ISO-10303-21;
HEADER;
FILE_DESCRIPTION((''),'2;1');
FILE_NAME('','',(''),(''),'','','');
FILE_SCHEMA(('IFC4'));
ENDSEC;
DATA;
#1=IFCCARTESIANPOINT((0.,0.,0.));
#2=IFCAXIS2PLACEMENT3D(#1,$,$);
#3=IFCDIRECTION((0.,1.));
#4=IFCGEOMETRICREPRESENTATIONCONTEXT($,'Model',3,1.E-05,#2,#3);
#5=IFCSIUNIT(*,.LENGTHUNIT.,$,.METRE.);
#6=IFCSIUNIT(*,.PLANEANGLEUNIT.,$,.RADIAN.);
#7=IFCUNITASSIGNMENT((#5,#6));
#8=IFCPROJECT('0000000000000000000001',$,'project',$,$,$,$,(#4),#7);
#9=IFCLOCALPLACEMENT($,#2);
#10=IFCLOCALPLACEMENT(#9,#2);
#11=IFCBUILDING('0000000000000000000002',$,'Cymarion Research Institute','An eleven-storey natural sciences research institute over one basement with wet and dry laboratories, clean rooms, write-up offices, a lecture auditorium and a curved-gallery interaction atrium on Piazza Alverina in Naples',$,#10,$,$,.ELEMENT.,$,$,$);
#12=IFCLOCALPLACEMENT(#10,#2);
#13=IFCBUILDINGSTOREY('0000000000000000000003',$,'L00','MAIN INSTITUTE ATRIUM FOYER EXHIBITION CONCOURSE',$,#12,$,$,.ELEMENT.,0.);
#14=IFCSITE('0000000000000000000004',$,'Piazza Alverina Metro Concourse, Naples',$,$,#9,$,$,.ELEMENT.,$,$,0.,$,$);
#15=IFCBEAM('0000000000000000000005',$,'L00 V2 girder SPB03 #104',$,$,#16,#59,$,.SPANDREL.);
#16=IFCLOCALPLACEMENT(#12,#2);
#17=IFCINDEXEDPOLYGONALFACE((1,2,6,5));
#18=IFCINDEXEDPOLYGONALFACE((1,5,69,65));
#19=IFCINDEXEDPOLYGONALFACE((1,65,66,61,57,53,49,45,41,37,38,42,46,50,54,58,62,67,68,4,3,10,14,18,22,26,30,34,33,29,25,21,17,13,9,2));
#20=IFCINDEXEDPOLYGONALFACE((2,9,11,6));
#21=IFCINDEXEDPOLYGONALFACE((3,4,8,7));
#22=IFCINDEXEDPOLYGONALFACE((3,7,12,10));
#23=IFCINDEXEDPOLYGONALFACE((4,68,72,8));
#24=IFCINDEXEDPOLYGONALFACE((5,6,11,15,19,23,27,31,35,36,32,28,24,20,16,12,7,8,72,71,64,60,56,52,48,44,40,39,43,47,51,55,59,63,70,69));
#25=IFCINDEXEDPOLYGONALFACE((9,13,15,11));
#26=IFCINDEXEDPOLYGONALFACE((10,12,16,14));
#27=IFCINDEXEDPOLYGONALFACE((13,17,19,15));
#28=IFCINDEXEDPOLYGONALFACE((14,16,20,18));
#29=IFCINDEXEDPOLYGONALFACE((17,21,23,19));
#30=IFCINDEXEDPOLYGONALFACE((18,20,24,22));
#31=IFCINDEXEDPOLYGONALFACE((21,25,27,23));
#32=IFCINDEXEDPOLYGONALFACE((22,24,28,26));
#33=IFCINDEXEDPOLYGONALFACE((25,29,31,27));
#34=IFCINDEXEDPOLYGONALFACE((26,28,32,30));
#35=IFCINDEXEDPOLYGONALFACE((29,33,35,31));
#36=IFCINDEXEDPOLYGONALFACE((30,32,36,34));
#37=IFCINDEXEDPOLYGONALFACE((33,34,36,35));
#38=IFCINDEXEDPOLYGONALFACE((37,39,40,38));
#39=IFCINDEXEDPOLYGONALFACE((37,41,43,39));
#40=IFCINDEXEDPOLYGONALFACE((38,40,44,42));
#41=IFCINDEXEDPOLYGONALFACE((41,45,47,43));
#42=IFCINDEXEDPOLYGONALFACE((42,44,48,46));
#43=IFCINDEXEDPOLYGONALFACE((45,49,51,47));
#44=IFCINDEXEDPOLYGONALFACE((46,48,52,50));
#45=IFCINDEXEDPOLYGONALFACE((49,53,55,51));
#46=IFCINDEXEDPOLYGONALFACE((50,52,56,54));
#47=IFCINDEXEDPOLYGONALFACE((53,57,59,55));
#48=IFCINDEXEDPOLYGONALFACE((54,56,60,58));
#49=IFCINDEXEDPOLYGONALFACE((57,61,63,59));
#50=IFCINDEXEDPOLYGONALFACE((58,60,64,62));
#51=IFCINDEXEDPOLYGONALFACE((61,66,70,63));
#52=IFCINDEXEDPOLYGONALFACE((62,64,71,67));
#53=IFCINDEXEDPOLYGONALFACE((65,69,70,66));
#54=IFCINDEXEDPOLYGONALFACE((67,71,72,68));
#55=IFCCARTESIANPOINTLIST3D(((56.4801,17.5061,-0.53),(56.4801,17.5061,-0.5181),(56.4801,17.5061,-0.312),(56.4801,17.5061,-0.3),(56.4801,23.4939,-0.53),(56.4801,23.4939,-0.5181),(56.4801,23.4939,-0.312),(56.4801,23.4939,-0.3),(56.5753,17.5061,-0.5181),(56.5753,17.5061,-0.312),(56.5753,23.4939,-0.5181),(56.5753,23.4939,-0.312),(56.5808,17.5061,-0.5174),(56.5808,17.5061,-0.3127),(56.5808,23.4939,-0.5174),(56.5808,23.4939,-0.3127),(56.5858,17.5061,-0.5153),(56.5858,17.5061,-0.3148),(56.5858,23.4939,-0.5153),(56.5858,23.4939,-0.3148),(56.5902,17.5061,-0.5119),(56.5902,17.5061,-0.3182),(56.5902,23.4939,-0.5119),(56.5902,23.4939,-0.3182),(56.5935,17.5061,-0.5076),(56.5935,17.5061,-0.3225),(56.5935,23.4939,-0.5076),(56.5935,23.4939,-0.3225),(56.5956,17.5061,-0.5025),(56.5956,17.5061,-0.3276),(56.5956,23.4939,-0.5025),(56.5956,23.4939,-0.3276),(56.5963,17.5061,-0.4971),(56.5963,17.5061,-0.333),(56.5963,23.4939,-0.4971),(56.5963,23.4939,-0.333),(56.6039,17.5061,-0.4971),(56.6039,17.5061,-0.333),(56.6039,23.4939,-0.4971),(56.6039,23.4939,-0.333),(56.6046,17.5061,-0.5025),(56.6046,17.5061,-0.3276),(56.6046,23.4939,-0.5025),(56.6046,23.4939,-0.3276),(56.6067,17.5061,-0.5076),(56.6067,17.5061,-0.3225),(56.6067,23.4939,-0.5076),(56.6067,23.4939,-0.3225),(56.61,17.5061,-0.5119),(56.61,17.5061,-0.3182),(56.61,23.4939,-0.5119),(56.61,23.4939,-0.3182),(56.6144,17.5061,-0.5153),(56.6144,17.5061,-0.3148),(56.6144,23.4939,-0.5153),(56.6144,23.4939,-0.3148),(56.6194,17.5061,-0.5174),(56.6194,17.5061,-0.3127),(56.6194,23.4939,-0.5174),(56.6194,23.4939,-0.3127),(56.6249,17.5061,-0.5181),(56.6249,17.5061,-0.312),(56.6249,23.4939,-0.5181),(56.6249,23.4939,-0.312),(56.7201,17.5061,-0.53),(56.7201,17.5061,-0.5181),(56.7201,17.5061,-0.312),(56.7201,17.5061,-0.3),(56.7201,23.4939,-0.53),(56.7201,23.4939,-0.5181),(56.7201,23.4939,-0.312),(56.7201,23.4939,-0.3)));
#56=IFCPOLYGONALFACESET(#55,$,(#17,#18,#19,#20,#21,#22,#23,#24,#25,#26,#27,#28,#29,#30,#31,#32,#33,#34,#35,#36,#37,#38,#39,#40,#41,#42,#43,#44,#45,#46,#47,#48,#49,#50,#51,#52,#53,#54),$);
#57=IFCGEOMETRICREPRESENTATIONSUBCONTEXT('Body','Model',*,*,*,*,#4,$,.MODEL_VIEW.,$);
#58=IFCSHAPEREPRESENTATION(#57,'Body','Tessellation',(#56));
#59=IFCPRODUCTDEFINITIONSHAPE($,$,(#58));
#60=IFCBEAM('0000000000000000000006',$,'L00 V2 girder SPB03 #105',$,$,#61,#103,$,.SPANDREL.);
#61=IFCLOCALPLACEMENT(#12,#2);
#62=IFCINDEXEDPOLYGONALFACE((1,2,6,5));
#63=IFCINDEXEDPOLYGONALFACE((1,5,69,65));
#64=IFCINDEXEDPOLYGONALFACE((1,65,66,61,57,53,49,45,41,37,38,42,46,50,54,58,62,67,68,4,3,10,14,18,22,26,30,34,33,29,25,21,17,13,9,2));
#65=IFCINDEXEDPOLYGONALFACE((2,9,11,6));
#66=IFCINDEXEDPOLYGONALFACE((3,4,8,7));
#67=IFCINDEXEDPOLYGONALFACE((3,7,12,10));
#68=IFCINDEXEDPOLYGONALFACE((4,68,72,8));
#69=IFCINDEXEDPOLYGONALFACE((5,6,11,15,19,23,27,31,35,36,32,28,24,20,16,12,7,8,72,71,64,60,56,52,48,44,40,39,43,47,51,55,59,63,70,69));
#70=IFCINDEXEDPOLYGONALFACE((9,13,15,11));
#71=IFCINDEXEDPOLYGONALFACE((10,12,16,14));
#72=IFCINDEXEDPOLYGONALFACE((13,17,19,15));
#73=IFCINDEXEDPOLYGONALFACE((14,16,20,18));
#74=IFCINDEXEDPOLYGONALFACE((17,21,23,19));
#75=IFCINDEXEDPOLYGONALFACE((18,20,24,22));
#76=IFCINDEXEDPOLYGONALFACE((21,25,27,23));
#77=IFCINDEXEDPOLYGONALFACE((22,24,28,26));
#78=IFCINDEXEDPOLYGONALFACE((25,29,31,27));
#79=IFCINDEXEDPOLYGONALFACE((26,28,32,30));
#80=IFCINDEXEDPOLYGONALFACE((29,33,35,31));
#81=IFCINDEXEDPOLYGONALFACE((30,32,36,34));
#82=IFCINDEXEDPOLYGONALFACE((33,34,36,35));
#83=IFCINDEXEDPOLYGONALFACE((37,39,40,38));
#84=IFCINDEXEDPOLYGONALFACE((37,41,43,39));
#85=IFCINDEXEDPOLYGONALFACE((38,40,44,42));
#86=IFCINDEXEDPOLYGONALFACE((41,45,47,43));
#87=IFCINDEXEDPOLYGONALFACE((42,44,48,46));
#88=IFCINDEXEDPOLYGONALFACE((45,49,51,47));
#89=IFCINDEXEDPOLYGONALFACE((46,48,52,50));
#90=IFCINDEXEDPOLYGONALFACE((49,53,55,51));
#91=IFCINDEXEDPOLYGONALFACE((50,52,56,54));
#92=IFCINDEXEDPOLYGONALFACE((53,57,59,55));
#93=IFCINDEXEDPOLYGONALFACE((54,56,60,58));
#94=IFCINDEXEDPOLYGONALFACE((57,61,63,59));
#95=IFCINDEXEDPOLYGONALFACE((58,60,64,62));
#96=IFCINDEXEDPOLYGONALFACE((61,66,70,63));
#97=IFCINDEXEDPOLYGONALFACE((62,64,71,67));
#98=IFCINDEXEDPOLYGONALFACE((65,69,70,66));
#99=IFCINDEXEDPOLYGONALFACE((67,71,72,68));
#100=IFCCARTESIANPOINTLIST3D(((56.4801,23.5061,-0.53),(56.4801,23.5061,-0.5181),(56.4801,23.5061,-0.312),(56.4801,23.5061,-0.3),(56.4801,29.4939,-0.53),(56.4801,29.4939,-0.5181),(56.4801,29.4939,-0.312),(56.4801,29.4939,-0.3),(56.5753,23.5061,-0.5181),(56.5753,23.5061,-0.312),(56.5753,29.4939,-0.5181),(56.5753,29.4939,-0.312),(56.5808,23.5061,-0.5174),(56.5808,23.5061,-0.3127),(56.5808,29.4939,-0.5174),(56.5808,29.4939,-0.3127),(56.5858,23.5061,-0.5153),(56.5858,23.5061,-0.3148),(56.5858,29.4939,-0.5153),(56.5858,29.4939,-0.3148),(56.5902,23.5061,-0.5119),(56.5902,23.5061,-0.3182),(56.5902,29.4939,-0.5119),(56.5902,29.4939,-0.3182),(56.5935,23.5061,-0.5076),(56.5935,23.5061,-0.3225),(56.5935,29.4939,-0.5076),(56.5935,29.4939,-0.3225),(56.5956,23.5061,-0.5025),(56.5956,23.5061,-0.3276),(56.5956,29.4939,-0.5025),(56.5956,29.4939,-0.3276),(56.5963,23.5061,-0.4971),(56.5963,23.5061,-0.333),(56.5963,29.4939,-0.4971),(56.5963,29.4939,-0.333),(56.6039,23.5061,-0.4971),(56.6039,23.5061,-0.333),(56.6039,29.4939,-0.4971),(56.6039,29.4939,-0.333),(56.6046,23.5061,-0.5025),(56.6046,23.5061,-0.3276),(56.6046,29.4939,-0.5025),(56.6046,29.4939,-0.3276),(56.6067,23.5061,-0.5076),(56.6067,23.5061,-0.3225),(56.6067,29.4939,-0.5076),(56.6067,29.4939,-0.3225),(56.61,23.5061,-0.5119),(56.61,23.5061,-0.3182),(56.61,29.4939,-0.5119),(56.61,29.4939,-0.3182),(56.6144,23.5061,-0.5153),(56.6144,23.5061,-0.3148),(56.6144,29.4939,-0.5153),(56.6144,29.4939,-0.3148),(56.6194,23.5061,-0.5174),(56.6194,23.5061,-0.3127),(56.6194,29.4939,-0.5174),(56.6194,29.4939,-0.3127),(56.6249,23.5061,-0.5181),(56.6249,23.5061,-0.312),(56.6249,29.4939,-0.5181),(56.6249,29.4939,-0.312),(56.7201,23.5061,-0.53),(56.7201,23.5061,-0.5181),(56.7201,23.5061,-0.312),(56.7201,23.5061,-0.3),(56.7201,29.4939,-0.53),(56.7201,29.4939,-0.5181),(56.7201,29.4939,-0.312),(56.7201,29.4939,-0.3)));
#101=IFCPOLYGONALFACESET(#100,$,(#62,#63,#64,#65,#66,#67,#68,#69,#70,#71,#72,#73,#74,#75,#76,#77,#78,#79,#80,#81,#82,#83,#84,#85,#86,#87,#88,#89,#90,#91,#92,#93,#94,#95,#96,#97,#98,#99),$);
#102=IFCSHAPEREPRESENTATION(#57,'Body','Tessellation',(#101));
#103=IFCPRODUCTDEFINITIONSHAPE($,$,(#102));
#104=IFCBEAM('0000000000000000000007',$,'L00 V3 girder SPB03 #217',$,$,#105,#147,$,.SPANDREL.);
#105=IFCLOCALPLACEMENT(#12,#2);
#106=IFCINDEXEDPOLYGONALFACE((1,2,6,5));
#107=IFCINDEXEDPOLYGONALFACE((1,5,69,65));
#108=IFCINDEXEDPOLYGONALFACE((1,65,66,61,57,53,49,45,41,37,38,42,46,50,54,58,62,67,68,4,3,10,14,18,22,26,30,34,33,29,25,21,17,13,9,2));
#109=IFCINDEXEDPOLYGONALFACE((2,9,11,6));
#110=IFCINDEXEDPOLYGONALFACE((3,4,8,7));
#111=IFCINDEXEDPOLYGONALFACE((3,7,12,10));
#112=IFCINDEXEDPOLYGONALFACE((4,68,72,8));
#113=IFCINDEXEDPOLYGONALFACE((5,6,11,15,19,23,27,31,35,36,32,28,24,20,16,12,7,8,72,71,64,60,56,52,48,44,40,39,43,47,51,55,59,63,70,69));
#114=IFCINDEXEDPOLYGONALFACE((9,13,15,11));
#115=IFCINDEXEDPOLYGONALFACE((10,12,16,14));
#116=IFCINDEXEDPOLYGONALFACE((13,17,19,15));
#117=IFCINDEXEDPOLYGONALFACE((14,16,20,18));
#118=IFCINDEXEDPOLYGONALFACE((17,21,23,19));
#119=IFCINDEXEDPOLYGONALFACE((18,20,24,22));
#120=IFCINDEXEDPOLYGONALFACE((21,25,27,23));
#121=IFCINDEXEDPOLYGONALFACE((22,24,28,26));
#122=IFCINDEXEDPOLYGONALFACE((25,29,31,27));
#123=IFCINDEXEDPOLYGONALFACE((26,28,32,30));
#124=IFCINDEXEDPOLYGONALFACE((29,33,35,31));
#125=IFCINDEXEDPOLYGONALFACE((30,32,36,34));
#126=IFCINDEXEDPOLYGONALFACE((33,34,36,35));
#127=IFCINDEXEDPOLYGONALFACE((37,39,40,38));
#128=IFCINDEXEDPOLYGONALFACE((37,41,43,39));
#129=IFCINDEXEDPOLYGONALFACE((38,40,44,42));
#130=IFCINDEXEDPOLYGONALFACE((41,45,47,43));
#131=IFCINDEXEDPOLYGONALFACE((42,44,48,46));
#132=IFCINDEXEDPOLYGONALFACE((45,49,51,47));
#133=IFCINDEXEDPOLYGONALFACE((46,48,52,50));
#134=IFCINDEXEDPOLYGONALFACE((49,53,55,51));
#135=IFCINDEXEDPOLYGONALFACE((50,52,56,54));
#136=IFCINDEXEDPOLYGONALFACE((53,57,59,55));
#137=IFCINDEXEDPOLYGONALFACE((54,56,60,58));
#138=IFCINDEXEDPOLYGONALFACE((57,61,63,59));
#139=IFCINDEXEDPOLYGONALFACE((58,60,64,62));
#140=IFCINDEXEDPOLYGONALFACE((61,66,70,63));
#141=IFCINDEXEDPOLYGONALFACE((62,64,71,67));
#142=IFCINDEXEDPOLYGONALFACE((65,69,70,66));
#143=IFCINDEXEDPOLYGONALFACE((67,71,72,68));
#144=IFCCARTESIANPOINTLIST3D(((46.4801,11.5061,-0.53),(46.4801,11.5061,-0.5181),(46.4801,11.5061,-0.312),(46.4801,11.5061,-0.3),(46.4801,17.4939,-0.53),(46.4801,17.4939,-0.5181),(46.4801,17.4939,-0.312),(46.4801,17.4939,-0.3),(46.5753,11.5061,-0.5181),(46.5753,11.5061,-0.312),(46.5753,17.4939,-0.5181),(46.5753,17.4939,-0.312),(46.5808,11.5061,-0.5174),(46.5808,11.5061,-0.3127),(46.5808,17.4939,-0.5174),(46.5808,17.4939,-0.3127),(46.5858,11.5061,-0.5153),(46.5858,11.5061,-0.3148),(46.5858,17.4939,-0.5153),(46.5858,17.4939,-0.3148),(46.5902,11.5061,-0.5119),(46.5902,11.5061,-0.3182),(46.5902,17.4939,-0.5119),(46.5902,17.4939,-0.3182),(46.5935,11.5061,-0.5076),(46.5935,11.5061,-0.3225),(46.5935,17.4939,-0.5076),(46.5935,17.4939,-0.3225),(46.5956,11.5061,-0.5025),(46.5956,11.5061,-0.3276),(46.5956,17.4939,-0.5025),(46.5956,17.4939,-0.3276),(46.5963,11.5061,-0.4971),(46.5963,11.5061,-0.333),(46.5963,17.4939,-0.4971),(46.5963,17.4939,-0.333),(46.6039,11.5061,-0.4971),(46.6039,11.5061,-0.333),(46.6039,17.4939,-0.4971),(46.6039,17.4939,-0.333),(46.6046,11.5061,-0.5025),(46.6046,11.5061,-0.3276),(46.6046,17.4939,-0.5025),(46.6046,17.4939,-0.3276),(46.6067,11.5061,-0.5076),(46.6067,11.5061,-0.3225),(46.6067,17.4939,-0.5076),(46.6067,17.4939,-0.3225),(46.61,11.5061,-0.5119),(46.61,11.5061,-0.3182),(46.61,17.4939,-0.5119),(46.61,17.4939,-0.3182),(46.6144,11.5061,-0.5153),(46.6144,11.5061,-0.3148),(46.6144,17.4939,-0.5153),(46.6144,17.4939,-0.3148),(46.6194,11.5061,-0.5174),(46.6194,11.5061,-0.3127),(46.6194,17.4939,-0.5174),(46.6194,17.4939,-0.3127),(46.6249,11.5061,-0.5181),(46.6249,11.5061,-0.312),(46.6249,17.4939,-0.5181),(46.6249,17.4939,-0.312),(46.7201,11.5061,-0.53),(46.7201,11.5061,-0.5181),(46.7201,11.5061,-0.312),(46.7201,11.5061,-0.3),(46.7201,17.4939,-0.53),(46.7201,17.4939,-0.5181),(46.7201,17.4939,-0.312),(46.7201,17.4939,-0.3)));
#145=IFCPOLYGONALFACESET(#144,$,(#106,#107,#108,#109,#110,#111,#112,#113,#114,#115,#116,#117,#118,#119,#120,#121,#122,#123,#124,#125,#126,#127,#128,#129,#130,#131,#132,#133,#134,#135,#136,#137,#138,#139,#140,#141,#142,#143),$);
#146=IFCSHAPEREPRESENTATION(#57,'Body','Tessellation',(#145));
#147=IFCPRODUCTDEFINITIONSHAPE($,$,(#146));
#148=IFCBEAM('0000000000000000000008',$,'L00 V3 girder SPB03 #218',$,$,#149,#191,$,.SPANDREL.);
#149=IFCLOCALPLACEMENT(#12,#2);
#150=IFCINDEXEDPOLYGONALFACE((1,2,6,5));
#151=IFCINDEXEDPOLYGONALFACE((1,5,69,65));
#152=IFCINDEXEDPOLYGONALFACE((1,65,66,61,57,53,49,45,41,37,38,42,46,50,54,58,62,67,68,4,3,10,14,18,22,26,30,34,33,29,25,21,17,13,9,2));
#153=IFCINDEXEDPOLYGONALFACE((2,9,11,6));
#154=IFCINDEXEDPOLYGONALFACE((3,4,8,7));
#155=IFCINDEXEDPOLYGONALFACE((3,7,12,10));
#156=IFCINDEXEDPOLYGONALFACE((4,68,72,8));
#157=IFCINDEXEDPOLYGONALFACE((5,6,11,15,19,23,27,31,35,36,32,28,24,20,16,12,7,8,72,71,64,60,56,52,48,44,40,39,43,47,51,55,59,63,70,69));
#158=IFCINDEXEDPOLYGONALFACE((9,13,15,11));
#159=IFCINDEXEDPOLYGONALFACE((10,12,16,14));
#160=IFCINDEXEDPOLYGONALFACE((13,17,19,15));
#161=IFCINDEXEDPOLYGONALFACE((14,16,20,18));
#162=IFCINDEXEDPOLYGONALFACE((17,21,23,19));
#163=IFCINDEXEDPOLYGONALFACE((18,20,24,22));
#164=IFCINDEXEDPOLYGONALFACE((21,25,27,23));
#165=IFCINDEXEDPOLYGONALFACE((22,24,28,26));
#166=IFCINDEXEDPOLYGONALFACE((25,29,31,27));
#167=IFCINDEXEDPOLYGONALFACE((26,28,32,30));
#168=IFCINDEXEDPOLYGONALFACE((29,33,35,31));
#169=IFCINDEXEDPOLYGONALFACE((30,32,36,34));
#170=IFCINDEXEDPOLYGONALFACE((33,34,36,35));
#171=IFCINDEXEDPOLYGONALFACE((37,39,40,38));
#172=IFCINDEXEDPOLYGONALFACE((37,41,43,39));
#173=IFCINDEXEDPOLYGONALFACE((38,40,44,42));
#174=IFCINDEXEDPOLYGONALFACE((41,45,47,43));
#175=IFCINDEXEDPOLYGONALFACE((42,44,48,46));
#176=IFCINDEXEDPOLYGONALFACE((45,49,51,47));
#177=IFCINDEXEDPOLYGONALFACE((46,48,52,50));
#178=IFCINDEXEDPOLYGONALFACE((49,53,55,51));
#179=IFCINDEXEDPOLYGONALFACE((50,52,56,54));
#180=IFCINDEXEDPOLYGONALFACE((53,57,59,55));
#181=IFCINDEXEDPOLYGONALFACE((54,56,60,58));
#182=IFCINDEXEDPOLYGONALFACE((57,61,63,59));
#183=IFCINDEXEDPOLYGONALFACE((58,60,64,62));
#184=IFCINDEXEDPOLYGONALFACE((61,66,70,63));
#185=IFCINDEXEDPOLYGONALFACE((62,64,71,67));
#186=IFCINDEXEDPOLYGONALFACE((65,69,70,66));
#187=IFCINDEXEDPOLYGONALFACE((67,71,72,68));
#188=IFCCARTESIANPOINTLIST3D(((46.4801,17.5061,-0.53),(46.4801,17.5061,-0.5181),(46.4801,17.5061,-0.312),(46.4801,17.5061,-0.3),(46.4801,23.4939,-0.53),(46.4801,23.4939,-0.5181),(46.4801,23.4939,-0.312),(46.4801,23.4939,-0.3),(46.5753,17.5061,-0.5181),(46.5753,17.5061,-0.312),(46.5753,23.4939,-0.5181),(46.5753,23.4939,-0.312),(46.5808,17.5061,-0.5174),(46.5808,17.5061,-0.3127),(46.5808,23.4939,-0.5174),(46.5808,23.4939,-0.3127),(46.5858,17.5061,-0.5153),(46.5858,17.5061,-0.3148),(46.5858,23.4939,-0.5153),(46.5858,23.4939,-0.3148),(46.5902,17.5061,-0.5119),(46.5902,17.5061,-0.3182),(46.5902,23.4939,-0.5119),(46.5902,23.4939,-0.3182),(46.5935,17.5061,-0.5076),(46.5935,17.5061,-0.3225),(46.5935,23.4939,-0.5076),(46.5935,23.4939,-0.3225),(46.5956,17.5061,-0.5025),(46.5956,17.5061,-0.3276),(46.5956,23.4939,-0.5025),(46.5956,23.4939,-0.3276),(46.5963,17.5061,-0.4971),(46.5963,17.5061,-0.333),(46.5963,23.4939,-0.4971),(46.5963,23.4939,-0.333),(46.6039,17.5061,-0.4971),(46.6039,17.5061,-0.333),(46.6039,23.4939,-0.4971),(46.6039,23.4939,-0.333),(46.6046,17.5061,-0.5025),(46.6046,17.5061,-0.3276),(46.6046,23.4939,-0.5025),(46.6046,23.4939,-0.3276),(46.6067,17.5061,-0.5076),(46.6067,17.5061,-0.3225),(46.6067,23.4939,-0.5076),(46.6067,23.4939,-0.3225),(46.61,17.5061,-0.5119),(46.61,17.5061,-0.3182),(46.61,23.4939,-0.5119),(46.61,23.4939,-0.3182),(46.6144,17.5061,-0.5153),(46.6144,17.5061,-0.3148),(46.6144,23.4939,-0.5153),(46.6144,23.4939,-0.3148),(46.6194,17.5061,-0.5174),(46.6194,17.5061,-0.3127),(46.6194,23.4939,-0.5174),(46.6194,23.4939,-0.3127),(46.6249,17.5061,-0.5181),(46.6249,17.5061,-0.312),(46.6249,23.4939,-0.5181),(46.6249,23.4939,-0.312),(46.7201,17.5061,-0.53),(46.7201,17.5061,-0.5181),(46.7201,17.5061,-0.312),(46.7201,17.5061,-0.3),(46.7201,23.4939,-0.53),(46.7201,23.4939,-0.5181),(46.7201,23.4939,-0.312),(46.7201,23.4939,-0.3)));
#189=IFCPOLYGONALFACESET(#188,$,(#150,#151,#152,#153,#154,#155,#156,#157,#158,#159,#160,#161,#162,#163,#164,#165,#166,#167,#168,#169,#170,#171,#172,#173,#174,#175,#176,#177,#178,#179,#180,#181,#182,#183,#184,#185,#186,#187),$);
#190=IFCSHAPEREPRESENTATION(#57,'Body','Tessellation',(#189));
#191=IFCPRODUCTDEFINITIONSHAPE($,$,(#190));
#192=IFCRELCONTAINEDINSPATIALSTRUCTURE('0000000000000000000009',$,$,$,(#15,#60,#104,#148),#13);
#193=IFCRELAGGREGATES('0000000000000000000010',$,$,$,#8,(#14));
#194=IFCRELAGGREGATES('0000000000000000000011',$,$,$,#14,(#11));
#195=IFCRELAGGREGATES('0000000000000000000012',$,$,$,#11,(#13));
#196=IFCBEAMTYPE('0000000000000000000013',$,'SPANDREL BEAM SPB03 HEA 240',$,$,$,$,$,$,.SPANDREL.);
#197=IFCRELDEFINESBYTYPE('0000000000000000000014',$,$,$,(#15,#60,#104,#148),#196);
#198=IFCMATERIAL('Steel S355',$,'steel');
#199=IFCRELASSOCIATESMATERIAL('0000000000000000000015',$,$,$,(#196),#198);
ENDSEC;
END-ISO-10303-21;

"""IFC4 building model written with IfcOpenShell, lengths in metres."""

from ifc_helpers import new_model, si_unit, direction, frame, origin, origin_2d, place, context, subcontext, project, spatial, i_section, extrude, material, material_profile, profile_set, type_object, element, save


model = new_model("IFC4")

# Units and contexts
model_context = context("Model", 3, precision=1e-05, world=origin(), true_north=direction((0.0, 1.0)))
body_context = subcontext(model_context, "Body", "Model", "MODEL_VIEW")
ifc_project = project(units=[si_unit("LENGTHUNIT", "METRE"), si_unit("PLANEANGLEUNIT", "RADIAN")], contexts=[model_context])

# Site, building, storey
site_placement = place(None, origin())
site = spatial("IfcSite", under=ifc_project, at=site_placement, Name="Piazza Alverina Metro Concourse, Naples", CompositionType="ELEMENT", RefElevation=0.0)
building_placement = place(site_placement, origin())
building = spatial("IfcBuilding", under=site, at=building_placement, Name="Cymarion Research Institute", Description="An eleven-storey natural sciences research institute over one basement with wet and dry laboratories, clean rooms, write-up offices, a lecture auditorium and a curved-gallery interaction atrium on Piazza Alverina in Naples", CompositionType="ELEMENT")
storey_placement = place(building_placement, origin())
storey = spatial("IfcBuildingStorey", under=building, at=storey_placement, Name="L00", Description="MAIN INSTITUTE ATRIUM FOYER EXHIBITION CONCOURSE", CompositionType="ELEMENT", Elevation=0.0)

# Shared definitions
ifc_material_1 = material(Name="Steel S355", Category="steel")

# Beams
ifc_material_profile_1 = material_profile(ifc_material_1, i_section(OverallWidth=0.24, OverallDepth=0.23, WebThickness=0.0076, FlangeThickness=0.012, FilletRadius=0.021, at=origin_2d()), Name="HEA 240")
ifc_profile_set_1 = profile_set([ifc_material_profile_1], Name="Steel S355")
beam_type_1 = type_object("IfcBeamType", Name="SPANDREL BEAM SPB03 HEA 240", PredefinedType="SPANDREL", material=ifc_profile_set_1)
for number, where, z_axis, x_axis, name in (
    (1, (56.6001, 17.5061, -0.415), (0.0, 1.0, 0.0), (-1.0, 0.0, 0.0), "L00 V2 girder SPB03 #104"),
    (2, (56.6001, 23.5061, -0.415), (0.0, 1.0, 0.0), (-1.0, 0.0, 0.0), "L00 V2 girder SPB03 #105"),
    (3, (46.6001, 11.5061, -0.415), (0.0, 1.0, 0.0), (-1.0, 0.0, 0.0), "L00 V3 girder SPB03 #217"),
    (4, (46.6001, 17.5061, -0.415), (0.0, 1.0, 0.0), (-1.0, 0.0, 0.0), "L00 V3 girder SPB03 #218"),
):
    element("IfcBeam", number, at=place(storey_placement, frame(where, z_axis=z_axis, x_axis=x_axis)), inside=storey, type_object=beam_type_1, Name=name, PredefinedType="SPANDREL", context=body_context, shape_type="SweptSolid", body=[
        extrude(i_section(OverallWidth=0.24, OverallDepth=0.23, WebThickness=0.0076, FlangeThickness=0.012, FilletRadius=0.021, at=origin_2d()), origin(), (0.0, 0.0, 1.0), 5.9878),
    ])

save(model, "model.ifc")
